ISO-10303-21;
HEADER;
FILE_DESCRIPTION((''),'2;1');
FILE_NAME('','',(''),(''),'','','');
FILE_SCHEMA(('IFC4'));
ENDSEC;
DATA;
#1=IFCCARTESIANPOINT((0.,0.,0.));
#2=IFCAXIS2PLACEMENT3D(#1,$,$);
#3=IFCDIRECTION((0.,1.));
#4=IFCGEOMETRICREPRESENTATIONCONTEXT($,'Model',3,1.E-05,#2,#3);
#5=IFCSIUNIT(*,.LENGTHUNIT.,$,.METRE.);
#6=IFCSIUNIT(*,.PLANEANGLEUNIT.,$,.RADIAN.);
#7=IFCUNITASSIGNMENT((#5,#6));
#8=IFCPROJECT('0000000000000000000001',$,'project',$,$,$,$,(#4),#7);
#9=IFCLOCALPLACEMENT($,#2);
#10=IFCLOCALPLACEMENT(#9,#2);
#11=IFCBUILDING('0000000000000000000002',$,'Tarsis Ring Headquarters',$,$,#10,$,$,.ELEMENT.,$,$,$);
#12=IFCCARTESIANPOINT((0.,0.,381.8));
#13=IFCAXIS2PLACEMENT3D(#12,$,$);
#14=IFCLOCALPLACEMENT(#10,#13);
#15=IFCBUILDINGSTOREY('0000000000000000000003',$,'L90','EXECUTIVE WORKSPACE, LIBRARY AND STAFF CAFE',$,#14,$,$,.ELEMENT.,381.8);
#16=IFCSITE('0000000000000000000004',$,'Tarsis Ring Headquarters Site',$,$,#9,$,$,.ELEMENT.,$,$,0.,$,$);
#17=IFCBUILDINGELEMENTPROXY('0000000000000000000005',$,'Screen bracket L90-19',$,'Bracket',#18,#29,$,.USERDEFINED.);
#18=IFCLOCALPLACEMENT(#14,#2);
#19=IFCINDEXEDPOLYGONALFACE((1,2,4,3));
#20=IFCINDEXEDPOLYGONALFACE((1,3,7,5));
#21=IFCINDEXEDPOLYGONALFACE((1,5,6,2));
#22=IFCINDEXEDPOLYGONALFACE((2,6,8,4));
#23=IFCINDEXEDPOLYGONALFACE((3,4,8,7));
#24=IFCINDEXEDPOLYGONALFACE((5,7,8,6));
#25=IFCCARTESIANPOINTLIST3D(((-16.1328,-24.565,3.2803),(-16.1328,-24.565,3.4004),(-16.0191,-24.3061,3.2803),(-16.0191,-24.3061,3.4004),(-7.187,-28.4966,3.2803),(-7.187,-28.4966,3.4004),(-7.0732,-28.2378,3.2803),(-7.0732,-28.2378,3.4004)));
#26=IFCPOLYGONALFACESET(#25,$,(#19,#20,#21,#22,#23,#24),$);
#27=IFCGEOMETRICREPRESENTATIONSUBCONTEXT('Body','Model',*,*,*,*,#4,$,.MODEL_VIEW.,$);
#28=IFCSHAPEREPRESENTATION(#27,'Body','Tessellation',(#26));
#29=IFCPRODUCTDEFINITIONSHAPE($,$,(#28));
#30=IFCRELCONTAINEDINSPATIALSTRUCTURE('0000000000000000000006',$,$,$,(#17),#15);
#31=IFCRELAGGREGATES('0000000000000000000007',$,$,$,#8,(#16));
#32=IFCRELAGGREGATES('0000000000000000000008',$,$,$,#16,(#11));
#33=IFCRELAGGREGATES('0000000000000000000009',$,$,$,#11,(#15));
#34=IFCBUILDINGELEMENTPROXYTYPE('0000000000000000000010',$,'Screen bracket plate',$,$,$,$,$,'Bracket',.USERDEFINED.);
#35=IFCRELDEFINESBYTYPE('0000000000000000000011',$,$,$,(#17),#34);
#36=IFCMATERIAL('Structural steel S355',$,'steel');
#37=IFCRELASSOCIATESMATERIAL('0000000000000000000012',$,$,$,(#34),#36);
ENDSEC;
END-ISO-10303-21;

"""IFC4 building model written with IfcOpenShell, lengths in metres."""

from ifc_helpers import new_model, si_unit, direction, frame, origin, origin_2d, place, context, subcontext, project, spatial, rectangle, extrude, material, type_object, element, save


model = new_model("IFC4")

# Units and contexts
model_context = context("Model", 3, precision=1e-05, world=origin(), true_north=direction((0.0, 1.0)))
body_context = subcontext(model_context, "Body", "Model", "MODEL_VIEW")
ifc_project = project(units=[si_unit("LENGTHUNIT", "METRE"), si_unit("PLANEANGLEUNIT", "RADIAN")], contexts=[model_context])

# Site, building, storey
site_placement = place(None, origin())
site = spatial("IfcSite", under=ifc_project, at=site_placement, Name="Tarsis Ring Headquarters Site", CompositionType="ELEMENT", RefElevation=0.0)
building_placement = place(site_placement, origin())
building = spatial("IfcBuilding", under=site, at=building_placement, Name="Tarsis Ring Headquarters", CompositionType="ELEMENT")
storey_placement = place(building_placement, frame((0.0, 0.0, 381.8)))
storey = spatial("IfcBuildingStorey", under=building, at=storey_placement, Name="L90", Description="EXECUTIVE WORKSPACE, LIBRARY AND STAFF CAFE", CompositionType="ELEMENT", Elevation=381.8)

# Shared definitions
ifc_material_1 = material(Name="Structural steel S355", Category="steel")

# Building element proxy
building_element_proxy_type = type_object("IfcBuildingElementProxyType", Name="Screen bracket plate", ElementType="Bracket", PredefinedType="USERDEFINED", material=ifc_material_1)
proxy_placement = place(storey_placement, frame((-11.603, -26.4014, 3.2803), z_axis=(0.0, 0.0, 1.0), x_axis=(0.915487, -0.402347, 0.0)))
element("IfcBuildingElementProxy", 1, at=proxy_placement, inside=storey, type_object=building_element_proxy_type, Name="Screen bracket L90-19", ObjectType="Bracket", PredefinedType="USERDEFINED", context=body_context, shape_type="SweptSolid", body=[
    extrude(rectangle(XDim=9.7717, YDim=0.2827, at=origin_2d()), origin(), (0.0, 0.0, 1.0), 0.1201),
])

save(model, "model.ifc")
